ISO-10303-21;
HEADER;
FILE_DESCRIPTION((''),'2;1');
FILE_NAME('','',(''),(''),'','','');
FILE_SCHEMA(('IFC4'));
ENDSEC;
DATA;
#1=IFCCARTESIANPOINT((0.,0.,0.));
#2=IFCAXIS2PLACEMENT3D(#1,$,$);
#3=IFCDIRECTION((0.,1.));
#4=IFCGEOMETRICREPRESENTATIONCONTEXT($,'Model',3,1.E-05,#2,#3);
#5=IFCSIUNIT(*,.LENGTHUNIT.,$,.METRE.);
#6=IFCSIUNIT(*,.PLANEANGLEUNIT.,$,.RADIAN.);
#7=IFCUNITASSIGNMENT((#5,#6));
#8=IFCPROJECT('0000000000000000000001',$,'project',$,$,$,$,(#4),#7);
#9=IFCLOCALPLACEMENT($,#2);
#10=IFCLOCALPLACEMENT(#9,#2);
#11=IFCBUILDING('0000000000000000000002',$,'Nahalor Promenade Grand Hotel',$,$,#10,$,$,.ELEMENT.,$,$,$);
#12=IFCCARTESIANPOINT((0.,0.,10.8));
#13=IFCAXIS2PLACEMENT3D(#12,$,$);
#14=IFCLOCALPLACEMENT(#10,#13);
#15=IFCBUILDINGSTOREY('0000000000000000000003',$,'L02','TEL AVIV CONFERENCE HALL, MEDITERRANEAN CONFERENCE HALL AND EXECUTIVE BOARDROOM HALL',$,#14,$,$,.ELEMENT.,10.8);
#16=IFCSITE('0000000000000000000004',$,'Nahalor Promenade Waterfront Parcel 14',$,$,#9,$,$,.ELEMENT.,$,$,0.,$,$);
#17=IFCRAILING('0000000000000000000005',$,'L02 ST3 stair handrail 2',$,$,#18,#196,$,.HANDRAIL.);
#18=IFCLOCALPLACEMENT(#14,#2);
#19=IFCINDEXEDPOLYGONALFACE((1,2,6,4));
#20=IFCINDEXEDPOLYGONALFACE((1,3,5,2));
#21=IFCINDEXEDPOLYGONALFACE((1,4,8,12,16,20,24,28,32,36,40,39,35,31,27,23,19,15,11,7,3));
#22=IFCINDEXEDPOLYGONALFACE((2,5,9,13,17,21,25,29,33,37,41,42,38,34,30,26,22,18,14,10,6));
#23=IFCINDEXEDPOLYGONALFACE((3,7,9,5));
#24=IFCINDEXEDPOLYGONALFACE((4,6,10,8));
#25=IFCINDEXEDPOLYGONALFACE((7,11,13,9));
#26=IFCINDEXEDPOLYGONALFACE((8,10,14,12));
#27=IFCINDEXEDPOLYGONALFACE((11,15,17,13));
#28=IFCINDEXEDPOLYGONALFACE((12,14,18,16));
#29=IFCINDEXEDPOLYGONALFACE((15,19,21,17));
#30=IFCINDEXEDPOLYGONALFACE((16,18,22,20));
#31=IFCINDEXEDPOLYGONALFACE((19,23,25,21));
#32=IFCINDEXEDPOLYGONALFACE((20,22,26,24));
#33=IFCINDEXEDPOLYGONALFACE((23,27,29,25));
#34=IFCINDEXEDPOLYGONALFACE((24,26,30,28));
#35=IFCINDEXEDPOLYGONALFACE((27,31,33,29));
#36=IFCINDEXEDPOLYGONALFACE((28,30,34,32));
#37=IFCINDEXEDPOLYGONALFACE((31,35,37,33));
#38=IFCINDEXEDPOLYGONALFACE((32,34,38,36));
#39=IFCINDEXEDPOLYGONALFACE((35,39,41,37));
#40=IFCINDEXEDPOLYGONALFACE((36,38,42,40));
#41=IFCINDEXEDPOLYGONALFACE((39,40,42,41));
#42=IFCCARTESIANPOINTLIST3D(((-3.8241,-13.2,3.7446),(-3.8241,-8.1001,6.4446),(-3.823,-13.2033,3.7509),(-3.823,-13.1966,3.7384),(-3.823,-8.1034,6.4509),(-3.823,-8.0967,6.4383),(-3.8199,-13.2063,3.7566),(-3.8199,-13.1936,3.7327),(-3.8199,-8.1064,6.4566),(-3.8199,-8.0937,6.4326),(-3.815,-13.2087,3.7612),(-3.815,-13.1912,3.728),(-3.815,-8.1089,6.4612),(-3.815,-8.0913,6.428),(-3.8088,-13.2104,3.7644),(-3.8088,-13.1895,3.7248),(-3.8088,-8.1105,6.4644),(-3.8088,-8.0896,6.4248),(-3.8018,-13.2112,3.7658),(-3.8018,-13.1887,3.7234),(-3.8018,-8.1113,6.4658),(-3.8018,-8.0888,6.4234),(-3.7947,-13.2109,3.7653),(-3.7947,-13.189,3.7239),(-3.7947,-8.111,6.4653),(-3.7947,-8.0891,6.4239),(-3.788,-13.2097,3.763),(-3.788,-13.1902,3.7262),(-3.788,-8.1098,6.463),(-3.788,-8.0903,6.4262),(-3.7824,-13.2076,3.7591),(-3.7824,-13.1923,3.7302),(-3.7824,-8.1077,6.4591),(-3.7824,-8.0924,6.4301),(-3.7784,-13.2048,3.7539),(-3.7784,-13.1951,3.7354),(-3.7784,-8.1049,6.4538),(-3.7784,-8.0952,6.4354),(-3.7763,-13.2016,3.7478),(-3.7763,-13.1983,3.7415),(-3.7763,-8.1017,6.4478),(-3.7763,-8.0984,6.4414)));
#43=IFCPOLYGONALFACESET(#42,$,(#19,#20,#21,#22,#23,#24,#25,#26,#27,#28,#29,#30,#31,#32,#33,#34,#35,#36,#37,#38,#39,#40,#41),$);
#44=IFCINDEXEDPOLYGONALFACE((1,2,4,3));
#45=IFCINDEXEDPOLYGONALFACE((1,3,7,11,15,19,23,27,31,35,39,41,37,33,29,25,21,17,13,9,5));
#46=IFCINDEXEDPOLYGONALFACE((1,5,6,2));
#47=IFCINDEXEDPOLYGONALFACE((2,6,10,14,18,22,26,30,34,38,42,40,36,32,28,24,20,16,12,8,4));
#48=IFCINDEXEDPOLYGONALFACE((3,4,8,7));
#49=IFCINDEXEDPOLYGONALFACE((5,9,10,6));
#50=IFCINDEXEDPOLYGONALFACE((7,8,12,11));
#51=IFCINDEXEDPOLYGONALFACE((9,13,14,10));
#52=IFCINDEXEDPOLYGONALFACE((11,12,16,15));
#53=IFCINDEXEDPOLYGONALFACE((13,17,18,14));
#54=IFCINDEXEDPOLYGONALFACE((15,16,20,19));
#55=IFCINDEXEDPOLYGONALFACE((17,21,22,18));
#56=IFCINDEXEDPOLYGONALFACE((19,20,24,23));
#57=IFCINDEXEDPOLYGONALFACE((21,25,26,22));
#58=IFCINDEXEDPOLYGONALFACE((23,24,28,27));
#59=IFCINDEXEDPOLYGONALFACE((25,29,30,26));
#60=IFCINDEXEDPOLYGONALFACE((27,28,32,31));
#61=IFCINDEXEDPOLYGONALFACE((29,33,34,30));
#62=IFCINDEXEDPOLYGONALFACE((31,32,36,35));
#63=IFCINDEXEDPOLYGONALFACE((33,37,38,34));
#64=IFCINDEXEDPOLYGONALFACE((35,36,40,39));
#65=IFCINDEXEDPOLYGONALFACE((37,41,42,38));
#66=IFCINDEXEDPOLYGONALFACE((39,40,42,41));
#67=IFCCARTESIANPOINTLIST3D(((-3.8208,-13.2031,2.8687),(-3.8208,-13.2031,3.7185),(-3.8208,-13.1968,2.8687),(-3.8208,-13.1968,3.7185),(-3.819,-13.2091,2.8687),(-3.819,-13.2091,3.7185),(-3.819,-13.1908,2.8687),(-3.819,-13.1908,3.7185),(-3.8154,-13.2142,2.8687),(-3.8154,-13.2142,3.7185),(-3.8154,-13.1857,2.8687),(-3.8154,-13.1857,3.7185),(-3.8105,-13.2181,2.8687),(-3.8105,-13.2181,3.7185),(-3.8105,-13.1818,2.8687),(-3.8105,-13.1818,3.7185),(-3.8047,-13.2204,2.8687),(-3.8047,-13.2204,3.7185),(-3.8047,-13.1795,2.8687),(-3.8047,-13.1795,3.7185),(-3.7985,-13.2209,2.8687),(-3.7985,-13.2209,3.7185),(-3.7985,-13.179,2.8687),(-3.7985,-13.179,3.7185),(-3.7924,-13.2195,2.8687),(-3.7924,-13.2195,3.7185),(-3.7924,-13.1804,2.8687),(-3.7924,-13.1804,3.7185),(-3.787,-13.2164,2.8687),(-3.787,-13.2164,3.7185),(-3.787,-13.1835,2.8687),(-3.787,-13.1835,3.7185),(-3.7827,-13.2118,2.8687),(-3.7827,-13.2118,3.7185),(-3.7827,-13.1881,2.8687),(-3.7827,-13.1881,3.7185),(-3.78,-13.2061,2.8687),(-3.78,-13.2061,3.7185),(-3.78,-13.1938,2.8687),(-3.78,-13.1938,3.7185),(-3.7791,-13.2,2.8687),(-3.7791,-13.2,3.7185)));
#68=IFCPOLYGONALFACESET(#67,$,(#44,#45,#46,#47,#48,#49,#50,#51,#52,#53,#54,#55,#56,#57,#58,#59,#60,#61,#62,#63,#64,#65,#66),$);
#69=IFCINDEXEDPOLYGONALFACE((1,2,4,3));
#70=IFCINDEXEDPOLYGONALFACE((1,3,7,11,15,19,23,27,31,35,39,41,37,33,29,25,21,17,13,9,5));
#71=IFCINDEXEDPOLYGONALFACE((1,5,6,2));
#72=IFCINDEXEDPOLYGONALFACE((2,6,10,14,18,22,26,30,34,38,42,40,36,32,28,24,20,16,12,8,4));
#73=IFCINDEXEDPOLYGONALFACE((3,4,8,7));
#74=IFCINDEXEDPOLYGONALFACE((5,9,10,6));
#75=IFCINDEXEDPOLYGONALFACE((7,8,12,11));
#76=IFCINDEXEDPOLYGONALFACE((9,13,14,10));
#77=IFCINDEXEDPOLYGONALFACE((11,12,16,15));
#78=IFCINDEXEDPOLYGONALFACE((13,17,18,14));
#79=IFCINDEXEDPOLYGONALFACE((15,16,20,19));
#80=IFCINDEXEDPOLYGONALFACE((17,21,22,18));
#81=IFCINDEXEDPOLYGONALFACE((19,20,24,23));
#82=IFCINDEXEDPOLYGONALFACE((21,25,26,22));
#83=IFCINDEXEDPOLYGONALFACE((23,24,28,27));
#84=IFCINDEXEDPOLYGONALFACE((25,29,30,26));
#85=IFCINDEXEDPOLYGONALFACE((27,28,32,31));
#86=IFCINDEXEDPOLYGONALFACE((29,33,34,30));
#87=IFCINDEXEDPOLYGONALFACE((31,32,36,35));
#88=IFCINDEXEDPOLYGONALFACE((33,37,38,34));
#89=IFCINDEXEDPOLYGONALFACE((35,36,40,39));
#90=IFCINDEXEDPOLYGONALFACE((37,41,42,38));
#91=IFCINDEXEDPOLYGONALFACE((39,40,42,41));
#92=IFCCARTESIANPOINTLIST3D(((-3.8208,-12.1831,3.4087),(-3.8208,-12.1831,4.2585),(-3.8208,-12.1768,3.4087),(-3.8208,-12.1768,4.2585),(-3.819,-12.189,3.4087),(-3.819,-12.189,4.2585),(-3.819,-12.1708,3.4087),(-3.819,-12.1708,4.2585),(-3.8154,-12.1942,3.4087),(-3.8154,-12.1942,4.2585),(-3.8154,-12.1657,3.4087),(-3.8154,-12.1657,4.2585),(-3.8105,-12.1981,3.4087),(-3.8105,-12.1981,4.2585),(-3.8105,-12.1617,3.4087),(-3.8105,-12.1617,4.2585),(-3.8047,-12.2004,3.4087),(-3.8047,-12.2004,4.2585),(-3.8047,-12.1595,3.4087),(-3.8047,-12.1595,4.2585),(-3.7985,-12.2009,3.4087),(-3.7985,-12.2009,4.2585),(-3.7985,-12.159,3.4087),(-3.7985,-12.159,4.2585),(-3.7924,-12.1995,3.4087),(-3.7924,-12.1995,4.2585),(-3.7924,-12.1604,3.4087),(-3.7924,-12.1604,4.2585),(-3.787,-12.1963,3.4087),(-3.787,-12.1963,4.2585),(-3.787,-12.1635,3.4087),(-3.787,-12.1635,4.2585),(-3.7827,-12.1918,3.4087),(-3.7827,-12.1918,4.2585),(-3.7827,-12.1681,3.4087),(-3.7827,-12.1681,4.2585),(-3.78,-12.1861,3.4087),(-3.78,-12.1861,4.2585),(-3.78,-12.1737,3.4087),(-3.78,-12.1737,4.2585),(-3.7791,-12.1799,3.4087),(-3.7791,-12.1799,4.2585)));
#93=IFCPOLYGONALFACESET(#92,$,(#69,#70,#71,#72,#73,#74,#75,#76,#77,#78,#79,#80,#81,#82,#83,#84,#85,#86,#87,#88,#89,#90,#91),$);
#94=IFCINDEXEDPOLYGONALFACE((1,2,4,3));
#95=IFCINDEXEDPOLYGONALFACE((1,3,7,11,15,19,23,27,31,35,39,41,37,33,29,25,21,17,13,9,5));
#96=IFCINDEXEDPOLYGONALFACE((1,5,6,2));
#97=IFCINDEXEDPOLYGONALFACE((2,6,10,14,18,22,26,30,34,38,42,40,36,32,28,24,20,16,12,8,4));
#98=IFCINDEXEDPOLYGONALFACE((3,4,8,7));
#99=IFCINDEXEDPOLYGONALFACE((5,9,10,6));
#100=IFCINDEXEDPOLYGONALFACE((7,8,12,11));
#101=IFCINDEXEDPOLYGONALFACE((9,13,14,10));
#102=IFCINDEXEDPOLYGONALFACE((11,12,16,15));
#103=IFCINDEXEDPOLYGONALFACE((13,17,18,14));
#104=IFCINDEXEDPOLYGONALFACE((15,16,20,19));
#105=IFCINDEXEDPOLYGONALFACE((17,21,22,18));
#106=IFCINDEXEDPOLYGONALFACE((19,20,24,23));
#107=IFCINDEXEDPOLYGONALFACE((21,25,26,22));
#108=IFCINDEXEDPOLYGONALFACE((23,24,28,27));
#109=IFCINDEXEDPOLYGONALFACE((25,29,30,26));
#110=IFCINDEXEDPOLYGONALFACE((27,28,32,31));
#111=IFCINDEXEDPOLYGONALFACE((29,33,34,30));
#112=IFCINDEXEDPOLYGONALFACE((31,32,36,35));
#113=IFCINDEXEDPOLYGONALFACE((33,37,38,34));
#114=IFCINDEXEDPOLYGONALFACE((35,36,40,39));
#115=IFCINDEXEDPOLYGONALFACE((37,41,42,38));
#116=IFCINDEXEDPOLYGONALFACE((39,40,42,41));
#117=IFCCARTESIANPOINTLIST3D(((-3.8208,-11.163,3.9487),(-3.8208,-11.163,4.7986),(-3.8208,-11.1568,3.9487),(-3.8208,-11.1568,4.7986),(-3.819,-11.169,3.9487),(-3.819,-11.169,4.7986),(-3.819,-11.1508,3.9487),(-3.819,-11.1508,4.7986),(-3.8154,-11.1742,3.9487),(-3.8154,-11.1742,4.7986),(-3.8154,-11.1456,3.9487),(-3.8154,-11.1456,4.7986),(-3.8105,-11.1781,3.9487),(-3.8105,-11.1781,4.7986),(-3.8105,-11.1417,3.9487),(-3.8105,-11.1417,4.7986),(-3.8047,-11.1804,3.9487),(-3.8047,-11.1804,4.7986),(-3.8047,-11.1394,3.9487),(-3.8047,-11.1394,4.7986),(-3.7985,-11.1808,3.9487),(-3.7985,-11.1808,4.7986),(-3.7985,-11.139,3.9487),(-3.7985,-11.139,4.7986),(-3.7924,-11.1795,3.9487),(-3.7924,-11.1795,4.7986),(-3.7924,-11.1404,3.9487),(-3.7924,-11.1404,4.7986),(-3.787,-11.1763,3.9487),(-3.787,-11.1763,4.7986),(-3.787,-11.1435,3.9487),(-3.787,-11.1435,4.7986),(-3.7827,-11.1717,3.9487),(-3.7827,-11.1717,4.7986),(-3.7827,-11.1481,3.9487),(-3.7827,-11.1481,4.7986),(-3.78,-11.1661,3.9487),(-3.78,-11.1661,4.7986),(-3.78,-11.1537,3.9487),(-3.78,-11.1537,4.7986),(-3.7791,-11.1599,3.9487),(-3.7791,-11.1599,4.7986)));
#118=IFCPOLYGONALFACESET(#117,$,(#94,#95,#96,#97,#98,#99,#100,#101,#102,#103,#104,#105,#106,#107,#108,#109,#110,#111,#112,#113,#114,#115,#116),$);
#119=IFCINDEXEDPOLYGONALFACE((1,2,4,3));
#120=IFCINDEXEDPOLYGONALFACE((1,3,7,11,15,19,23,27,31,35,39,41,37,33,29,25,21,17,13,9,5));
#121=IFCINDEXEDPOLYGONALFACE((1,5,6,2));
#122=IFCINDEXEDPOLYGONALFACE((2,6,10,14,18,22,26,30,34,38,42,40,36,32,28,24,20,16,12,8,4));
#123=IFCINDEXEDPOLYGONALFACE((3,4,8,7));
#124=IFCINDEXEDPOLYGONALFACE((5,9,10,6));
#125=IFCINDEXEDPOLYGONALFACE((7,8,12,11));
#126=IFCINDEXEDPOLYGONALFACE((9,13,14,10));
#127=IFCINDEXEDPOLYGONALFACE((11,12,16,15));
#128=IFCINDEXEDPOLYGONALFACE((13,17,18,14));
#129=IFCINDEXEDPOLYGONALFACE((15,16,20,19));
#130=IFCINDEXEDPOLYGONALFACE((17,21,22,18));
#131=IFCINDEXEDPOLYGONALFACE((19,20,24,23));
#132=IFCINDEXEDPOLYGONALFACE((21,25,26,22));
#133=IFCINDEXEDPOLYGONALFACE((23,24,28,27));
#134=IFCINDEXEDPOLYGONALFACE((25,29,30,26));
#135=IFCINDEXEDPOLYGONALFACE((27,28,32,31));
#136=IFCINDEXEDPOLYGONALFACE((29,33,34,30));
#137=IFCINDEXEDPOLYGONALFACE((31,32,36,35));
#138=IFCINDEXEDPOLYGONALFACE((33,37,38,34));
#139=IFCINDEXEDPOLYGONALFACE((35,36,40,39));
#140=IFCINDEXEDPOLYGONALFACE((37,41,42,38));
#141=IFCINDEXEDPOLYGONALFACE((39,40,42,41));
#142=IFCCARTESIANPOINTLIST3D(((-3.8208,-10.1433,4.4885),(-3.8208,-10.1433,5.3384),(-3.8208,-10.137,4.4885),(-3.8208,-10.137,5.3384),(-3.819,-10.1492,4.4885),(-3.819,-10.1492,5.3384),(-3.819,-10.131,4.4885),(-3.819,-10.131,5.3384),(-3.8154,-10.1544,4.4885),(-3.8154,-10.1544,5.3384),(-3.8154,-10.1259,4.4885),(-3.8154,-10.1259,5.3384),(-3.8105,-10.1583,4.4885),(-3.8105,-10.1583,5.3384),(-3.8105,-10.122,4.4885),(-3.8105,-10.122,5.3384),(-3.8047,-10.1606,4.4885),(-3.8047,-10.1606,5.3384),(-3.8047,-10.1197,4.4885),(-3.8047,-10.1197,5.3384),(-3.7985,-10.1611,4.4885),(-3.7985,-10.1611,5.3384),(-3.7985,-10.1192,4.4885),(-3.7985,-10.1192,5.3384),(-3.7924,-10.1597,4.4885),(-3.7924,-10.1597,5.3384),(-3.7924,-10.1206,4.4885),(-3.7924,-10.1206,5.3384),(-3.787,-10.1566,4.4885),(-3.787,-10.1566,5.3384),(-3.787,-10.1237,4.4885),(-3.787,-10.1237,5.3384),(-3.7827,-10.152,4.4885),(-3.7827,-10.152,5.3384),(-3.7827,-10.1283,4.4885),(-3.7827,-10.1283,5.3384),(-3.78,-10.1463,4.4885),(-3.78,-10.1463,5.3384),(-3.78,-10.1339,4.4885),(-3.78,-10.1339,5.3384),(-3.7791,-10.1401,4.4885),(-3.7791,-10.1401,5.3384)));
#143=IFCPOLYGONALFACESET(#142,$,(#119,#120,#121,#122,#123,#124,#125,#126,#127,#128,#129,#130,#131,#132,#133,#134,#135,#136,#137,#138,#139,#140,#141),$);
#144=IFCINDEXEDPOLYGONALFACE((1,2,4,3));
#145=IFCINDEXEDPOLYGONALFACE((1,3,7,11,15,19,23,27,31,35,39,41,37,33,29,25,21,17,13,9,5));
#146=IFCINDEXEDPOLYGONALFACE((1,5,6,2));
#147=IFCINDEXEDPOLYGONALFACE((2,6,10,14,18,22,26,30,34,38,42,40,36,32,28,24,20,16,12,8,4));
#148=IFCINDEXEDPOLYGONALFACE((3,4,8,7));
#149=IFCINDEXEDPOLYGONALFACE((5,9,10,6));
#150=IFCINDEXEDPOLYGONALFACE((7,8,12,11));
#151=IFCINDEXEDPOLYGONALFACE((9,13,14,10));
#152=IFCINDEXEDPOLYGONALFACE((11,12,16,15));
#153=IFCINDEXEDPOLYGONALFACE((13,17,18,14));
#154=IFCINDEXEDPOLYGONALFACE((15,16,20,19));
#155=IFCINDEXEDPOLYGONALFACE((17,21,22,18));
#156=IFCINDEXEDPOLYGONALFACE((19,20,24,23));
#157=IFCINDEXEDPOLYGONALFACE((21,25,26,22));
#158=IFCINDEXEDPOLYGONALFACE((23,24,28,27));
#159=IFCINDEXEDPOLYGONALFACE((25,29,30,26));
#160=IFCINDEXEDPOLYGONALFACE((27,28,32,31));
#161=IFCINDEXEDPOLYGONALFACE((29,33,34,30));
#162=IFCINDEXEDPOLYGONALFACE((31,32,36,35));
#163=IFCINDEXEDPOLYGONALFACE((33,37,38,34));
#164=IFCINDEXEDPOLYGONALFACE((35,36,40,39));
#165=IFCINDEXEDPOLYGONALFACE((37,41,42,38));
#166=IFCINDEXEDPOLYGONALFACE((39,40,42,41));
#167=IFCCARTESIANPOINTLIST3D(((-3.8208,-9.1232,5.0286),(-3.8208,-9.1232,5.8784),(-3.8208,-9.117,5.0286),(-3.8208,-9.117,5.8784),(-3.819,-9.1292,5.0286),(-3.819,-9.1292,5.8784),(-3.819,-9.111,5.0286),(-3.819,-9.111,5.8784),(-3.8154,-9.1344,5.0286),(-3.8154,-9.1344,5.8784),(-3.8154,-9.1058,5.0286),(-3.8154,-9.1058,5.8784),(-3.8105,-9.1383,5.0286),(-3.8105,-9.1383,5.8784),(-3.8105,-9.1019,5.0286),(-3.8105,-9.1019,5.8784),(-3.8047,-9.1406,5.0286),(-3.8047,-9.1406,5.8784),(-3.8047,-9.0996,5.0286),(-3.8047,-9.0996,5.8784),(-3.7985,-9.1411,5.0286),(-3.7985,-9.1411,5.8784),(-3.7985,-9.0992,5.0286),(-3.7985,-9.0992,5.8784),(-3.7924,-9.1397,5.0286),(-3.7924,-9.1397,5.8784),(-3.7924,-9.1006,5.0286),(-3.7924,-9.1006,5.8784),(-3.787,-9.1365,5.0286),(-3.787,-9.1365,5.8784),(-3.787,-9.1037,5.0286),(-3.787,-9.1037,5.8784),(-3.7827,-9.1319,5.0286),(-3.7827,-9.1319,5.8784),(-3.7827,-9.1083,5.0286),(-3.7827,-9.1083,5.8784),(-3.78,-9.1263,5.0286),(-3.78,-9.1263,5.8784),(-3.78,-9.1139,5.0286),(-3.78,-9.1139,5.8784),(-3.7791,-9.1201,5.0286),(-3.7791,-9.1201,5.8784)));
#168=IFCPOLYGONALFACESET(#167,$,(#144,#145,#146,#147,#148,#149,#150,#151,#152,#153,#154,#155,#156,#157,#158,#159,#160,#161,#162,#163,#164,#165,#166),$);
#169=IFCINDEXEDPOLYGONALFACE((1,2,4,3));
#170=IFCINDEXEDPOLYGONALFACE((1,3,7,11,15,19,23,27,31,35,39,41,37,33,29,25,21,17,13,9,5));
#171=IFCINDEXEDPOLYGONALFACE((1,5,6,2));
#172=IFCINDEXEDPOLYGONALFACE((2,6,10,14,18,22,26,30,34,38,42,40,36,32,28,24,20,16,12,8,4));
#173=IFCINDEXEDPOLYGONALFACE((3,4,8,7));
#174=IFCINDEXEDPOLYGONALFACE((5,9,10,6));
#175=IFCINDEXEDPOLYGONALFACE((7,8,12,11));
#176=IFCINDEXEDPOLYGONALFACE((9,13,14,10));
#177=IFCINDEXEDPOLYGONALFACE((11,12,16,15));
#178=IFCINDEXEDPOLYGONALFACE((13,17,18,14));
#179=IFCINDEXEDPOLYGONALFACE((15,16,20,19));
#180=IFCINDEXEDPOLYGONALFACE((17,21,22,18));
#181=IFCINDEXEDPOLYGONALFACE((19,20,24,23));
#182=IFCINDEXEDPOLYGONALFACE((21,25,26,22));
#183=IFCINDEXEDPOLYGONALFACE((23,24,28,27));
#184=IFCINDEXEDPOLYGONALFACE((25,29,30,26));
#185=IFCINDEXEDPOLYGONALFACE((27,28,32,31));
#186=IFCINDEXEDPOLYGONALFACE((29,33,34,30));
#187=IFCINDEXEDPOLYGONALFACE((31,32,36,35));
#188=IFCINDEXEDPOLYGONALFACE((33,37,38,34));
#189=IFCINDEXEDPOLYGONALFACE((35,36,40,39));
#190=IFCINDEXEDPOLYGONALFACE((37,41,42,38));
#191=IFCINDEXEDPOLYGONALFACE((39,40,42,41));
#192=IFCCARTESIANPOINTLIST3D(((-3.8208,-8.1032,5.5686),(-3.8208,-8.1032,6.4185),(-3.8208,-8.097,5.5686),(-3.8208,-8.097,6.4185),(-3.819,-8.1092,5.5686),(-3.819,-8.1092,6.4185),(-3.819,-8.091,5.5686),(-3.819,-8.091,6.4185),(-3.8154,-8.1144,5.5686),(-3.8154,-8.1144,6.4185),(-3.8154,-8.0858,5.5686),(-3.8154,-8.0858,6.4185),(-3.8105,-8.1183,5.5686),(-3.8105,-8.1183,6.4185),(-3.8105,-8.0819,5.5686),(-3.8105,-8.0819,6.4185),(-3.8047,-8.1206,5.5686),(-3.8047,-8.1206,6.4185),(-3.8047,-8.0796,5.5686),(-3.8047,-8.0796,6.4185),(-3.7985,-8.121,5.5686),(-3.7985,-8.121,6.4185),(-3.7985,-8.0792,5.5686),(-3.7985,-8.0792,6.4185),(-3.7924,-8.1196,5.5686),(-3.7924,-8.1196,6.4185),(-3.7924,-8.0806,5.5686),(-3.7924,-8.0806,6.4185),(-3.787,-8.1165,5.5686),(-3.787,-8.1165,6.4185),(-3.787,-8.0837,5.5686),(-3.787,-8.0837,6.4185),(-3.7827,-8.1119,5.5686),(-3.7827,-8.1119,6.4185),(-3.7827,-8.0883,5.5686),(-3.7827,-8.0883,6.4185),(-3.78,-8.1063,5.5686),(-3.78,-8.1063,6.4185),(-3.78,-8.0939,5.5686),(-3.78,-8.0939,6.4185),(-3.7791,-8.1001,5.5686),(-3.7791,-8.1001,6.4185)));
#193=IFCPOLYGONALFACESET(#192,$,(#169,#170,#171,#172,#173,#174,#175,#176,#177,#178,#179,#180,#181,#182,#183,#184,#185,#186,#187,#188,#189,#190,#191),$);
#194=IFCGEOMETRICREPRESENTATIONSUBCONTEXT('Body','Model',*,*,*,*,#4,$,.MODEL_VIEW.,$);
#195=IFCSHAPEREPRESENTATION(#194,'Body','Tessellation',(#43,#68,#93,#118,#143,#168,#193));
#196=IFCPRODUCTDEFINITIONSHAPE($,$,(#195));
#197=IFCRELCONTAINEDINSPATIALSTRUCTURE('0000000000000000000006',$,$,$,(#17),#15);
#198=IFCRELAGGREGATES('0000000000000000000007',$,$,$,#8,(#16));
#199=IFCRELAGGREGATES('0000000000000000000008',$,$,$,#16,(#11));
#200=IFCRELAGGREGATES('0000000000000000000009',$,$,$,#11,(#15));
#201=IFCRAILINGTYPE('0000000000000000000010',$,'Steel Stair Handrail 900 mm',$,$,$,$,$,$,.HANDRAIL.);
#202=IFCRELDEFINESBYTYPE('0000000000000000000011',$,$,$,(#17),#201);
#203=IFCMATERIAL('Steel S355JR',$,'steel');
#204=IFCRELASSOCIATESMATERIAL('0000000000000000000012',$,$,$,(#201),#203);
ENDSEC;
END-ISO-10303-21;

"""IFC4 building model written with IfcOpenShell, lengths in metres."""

from ifc_helpers import new_model, si_unit, direction, frame, origin, origin_2d, place, context, subcontext, project, spatial, circle, extrude, material, type_object, element, save


model = new_model("IFC4")

# Units and contexts
model_context = context("Model", 3, precision=1e-05, world=origin(), true_north=direction((0.0, 1.0)))
body_context = subcontext(model_context, "Body", "Model", "MODEL_VIEW")
ifc_project = project(units=[si_unit("LENGTHUNIT", "METRE"), si_unit("PLANEANGLEUNIT", "RADIAN")], contexts=[model_context])

# Site, building, storey
site_placement = place(None, origin())
site = spatial("IfcSite", under=ifc_project, at=site_placement, Name="Nahalor Promenade Waterfront Parcel 14", CompositionType="ELEMENT", RefElevation=0.0)
building_placement = place(site_placement, origin())
building = spatial("IfcBuilding", under=site, at=building_placement, Name="Nahalor Promenade Grand Hotel", CompositionType="ELEMENT")
storey_placement = place(building_placement, frame((0.0, 0.0, 10.8)))
storey = spatial("IfcBuildingStorey", under=building, at=storey_placement, Name="L02", Description="TEL AVIV CONFERENCE HALL, MEDITERRANEAN CONFERENCE HALL AND EXECUTIVE BOARDROOM HALL", CompositionType="ELEMENT", Elevation=10.8)

# Shared definitions
ifc_material_1 = material(Name="Steel S355JR", Category="steel")

# Railing
railing_type_1 = type_object("IfcRailingType", Name="Steel Stair Handrail 900 mm", PredefinedType="HANDRAIL", material=ifc_material_1)
railing_1_placement = place(storey_placement, frame((-3.8, -13.2, 2.8687)))
element("IfcRailing", 1, at=railing_1_placement, inside=storey, type_object=railing_type_1, Name="L02 ST3 stair handrail 2", PredefinedType="HANDRAIL", context=body_context, shape_type="SweptSolid", body=[
    extrude(circle(Radius=0.024, at=origin_2d()), frame((0.0, 0.0, 0.876), z_axis=(0.0, 0.883786, 0.467892), x_axis=(-1.0, 0.0, 0.0)), (0.0, 0.0, 1.0), 5.7705),
    extrude(circle(Radius=0.021, at=origin_2d()), origin(), (0.0, 0.0, 1.0), 0.8499),
    extrude(circle(Radius=0.021, at=origin_2d()), frame((0.0, 1.02, 0.54)), (0.0, 0.0, 1.0), 0.8499),
    extrude(circle(Radius=0.021, at=origin_2d()), frame((0.0, 2.04, 1.0801)), (0.0, 0.0, 1.0), 0.8499),
    extrude(circle(Radius=0.021, at=origin_2d()), frame((0.0, 3.0598, 1.6199)), (0.0, 0.0, 1.0), 0.8499),
    extrude(circle(Radius=0.021, at=origin_2d()), frame((0.0, 4.0798, 2.1599)), (0.0, 0.0, 1.0), 0.8499),
    extrude(circle(Radius=0.021, at=origin_2d()), frame((0.0, 5.0999, 2.7)), (0.0, 0.0, 1.0), 0.8499),
])

save(model, "model.ifc")
